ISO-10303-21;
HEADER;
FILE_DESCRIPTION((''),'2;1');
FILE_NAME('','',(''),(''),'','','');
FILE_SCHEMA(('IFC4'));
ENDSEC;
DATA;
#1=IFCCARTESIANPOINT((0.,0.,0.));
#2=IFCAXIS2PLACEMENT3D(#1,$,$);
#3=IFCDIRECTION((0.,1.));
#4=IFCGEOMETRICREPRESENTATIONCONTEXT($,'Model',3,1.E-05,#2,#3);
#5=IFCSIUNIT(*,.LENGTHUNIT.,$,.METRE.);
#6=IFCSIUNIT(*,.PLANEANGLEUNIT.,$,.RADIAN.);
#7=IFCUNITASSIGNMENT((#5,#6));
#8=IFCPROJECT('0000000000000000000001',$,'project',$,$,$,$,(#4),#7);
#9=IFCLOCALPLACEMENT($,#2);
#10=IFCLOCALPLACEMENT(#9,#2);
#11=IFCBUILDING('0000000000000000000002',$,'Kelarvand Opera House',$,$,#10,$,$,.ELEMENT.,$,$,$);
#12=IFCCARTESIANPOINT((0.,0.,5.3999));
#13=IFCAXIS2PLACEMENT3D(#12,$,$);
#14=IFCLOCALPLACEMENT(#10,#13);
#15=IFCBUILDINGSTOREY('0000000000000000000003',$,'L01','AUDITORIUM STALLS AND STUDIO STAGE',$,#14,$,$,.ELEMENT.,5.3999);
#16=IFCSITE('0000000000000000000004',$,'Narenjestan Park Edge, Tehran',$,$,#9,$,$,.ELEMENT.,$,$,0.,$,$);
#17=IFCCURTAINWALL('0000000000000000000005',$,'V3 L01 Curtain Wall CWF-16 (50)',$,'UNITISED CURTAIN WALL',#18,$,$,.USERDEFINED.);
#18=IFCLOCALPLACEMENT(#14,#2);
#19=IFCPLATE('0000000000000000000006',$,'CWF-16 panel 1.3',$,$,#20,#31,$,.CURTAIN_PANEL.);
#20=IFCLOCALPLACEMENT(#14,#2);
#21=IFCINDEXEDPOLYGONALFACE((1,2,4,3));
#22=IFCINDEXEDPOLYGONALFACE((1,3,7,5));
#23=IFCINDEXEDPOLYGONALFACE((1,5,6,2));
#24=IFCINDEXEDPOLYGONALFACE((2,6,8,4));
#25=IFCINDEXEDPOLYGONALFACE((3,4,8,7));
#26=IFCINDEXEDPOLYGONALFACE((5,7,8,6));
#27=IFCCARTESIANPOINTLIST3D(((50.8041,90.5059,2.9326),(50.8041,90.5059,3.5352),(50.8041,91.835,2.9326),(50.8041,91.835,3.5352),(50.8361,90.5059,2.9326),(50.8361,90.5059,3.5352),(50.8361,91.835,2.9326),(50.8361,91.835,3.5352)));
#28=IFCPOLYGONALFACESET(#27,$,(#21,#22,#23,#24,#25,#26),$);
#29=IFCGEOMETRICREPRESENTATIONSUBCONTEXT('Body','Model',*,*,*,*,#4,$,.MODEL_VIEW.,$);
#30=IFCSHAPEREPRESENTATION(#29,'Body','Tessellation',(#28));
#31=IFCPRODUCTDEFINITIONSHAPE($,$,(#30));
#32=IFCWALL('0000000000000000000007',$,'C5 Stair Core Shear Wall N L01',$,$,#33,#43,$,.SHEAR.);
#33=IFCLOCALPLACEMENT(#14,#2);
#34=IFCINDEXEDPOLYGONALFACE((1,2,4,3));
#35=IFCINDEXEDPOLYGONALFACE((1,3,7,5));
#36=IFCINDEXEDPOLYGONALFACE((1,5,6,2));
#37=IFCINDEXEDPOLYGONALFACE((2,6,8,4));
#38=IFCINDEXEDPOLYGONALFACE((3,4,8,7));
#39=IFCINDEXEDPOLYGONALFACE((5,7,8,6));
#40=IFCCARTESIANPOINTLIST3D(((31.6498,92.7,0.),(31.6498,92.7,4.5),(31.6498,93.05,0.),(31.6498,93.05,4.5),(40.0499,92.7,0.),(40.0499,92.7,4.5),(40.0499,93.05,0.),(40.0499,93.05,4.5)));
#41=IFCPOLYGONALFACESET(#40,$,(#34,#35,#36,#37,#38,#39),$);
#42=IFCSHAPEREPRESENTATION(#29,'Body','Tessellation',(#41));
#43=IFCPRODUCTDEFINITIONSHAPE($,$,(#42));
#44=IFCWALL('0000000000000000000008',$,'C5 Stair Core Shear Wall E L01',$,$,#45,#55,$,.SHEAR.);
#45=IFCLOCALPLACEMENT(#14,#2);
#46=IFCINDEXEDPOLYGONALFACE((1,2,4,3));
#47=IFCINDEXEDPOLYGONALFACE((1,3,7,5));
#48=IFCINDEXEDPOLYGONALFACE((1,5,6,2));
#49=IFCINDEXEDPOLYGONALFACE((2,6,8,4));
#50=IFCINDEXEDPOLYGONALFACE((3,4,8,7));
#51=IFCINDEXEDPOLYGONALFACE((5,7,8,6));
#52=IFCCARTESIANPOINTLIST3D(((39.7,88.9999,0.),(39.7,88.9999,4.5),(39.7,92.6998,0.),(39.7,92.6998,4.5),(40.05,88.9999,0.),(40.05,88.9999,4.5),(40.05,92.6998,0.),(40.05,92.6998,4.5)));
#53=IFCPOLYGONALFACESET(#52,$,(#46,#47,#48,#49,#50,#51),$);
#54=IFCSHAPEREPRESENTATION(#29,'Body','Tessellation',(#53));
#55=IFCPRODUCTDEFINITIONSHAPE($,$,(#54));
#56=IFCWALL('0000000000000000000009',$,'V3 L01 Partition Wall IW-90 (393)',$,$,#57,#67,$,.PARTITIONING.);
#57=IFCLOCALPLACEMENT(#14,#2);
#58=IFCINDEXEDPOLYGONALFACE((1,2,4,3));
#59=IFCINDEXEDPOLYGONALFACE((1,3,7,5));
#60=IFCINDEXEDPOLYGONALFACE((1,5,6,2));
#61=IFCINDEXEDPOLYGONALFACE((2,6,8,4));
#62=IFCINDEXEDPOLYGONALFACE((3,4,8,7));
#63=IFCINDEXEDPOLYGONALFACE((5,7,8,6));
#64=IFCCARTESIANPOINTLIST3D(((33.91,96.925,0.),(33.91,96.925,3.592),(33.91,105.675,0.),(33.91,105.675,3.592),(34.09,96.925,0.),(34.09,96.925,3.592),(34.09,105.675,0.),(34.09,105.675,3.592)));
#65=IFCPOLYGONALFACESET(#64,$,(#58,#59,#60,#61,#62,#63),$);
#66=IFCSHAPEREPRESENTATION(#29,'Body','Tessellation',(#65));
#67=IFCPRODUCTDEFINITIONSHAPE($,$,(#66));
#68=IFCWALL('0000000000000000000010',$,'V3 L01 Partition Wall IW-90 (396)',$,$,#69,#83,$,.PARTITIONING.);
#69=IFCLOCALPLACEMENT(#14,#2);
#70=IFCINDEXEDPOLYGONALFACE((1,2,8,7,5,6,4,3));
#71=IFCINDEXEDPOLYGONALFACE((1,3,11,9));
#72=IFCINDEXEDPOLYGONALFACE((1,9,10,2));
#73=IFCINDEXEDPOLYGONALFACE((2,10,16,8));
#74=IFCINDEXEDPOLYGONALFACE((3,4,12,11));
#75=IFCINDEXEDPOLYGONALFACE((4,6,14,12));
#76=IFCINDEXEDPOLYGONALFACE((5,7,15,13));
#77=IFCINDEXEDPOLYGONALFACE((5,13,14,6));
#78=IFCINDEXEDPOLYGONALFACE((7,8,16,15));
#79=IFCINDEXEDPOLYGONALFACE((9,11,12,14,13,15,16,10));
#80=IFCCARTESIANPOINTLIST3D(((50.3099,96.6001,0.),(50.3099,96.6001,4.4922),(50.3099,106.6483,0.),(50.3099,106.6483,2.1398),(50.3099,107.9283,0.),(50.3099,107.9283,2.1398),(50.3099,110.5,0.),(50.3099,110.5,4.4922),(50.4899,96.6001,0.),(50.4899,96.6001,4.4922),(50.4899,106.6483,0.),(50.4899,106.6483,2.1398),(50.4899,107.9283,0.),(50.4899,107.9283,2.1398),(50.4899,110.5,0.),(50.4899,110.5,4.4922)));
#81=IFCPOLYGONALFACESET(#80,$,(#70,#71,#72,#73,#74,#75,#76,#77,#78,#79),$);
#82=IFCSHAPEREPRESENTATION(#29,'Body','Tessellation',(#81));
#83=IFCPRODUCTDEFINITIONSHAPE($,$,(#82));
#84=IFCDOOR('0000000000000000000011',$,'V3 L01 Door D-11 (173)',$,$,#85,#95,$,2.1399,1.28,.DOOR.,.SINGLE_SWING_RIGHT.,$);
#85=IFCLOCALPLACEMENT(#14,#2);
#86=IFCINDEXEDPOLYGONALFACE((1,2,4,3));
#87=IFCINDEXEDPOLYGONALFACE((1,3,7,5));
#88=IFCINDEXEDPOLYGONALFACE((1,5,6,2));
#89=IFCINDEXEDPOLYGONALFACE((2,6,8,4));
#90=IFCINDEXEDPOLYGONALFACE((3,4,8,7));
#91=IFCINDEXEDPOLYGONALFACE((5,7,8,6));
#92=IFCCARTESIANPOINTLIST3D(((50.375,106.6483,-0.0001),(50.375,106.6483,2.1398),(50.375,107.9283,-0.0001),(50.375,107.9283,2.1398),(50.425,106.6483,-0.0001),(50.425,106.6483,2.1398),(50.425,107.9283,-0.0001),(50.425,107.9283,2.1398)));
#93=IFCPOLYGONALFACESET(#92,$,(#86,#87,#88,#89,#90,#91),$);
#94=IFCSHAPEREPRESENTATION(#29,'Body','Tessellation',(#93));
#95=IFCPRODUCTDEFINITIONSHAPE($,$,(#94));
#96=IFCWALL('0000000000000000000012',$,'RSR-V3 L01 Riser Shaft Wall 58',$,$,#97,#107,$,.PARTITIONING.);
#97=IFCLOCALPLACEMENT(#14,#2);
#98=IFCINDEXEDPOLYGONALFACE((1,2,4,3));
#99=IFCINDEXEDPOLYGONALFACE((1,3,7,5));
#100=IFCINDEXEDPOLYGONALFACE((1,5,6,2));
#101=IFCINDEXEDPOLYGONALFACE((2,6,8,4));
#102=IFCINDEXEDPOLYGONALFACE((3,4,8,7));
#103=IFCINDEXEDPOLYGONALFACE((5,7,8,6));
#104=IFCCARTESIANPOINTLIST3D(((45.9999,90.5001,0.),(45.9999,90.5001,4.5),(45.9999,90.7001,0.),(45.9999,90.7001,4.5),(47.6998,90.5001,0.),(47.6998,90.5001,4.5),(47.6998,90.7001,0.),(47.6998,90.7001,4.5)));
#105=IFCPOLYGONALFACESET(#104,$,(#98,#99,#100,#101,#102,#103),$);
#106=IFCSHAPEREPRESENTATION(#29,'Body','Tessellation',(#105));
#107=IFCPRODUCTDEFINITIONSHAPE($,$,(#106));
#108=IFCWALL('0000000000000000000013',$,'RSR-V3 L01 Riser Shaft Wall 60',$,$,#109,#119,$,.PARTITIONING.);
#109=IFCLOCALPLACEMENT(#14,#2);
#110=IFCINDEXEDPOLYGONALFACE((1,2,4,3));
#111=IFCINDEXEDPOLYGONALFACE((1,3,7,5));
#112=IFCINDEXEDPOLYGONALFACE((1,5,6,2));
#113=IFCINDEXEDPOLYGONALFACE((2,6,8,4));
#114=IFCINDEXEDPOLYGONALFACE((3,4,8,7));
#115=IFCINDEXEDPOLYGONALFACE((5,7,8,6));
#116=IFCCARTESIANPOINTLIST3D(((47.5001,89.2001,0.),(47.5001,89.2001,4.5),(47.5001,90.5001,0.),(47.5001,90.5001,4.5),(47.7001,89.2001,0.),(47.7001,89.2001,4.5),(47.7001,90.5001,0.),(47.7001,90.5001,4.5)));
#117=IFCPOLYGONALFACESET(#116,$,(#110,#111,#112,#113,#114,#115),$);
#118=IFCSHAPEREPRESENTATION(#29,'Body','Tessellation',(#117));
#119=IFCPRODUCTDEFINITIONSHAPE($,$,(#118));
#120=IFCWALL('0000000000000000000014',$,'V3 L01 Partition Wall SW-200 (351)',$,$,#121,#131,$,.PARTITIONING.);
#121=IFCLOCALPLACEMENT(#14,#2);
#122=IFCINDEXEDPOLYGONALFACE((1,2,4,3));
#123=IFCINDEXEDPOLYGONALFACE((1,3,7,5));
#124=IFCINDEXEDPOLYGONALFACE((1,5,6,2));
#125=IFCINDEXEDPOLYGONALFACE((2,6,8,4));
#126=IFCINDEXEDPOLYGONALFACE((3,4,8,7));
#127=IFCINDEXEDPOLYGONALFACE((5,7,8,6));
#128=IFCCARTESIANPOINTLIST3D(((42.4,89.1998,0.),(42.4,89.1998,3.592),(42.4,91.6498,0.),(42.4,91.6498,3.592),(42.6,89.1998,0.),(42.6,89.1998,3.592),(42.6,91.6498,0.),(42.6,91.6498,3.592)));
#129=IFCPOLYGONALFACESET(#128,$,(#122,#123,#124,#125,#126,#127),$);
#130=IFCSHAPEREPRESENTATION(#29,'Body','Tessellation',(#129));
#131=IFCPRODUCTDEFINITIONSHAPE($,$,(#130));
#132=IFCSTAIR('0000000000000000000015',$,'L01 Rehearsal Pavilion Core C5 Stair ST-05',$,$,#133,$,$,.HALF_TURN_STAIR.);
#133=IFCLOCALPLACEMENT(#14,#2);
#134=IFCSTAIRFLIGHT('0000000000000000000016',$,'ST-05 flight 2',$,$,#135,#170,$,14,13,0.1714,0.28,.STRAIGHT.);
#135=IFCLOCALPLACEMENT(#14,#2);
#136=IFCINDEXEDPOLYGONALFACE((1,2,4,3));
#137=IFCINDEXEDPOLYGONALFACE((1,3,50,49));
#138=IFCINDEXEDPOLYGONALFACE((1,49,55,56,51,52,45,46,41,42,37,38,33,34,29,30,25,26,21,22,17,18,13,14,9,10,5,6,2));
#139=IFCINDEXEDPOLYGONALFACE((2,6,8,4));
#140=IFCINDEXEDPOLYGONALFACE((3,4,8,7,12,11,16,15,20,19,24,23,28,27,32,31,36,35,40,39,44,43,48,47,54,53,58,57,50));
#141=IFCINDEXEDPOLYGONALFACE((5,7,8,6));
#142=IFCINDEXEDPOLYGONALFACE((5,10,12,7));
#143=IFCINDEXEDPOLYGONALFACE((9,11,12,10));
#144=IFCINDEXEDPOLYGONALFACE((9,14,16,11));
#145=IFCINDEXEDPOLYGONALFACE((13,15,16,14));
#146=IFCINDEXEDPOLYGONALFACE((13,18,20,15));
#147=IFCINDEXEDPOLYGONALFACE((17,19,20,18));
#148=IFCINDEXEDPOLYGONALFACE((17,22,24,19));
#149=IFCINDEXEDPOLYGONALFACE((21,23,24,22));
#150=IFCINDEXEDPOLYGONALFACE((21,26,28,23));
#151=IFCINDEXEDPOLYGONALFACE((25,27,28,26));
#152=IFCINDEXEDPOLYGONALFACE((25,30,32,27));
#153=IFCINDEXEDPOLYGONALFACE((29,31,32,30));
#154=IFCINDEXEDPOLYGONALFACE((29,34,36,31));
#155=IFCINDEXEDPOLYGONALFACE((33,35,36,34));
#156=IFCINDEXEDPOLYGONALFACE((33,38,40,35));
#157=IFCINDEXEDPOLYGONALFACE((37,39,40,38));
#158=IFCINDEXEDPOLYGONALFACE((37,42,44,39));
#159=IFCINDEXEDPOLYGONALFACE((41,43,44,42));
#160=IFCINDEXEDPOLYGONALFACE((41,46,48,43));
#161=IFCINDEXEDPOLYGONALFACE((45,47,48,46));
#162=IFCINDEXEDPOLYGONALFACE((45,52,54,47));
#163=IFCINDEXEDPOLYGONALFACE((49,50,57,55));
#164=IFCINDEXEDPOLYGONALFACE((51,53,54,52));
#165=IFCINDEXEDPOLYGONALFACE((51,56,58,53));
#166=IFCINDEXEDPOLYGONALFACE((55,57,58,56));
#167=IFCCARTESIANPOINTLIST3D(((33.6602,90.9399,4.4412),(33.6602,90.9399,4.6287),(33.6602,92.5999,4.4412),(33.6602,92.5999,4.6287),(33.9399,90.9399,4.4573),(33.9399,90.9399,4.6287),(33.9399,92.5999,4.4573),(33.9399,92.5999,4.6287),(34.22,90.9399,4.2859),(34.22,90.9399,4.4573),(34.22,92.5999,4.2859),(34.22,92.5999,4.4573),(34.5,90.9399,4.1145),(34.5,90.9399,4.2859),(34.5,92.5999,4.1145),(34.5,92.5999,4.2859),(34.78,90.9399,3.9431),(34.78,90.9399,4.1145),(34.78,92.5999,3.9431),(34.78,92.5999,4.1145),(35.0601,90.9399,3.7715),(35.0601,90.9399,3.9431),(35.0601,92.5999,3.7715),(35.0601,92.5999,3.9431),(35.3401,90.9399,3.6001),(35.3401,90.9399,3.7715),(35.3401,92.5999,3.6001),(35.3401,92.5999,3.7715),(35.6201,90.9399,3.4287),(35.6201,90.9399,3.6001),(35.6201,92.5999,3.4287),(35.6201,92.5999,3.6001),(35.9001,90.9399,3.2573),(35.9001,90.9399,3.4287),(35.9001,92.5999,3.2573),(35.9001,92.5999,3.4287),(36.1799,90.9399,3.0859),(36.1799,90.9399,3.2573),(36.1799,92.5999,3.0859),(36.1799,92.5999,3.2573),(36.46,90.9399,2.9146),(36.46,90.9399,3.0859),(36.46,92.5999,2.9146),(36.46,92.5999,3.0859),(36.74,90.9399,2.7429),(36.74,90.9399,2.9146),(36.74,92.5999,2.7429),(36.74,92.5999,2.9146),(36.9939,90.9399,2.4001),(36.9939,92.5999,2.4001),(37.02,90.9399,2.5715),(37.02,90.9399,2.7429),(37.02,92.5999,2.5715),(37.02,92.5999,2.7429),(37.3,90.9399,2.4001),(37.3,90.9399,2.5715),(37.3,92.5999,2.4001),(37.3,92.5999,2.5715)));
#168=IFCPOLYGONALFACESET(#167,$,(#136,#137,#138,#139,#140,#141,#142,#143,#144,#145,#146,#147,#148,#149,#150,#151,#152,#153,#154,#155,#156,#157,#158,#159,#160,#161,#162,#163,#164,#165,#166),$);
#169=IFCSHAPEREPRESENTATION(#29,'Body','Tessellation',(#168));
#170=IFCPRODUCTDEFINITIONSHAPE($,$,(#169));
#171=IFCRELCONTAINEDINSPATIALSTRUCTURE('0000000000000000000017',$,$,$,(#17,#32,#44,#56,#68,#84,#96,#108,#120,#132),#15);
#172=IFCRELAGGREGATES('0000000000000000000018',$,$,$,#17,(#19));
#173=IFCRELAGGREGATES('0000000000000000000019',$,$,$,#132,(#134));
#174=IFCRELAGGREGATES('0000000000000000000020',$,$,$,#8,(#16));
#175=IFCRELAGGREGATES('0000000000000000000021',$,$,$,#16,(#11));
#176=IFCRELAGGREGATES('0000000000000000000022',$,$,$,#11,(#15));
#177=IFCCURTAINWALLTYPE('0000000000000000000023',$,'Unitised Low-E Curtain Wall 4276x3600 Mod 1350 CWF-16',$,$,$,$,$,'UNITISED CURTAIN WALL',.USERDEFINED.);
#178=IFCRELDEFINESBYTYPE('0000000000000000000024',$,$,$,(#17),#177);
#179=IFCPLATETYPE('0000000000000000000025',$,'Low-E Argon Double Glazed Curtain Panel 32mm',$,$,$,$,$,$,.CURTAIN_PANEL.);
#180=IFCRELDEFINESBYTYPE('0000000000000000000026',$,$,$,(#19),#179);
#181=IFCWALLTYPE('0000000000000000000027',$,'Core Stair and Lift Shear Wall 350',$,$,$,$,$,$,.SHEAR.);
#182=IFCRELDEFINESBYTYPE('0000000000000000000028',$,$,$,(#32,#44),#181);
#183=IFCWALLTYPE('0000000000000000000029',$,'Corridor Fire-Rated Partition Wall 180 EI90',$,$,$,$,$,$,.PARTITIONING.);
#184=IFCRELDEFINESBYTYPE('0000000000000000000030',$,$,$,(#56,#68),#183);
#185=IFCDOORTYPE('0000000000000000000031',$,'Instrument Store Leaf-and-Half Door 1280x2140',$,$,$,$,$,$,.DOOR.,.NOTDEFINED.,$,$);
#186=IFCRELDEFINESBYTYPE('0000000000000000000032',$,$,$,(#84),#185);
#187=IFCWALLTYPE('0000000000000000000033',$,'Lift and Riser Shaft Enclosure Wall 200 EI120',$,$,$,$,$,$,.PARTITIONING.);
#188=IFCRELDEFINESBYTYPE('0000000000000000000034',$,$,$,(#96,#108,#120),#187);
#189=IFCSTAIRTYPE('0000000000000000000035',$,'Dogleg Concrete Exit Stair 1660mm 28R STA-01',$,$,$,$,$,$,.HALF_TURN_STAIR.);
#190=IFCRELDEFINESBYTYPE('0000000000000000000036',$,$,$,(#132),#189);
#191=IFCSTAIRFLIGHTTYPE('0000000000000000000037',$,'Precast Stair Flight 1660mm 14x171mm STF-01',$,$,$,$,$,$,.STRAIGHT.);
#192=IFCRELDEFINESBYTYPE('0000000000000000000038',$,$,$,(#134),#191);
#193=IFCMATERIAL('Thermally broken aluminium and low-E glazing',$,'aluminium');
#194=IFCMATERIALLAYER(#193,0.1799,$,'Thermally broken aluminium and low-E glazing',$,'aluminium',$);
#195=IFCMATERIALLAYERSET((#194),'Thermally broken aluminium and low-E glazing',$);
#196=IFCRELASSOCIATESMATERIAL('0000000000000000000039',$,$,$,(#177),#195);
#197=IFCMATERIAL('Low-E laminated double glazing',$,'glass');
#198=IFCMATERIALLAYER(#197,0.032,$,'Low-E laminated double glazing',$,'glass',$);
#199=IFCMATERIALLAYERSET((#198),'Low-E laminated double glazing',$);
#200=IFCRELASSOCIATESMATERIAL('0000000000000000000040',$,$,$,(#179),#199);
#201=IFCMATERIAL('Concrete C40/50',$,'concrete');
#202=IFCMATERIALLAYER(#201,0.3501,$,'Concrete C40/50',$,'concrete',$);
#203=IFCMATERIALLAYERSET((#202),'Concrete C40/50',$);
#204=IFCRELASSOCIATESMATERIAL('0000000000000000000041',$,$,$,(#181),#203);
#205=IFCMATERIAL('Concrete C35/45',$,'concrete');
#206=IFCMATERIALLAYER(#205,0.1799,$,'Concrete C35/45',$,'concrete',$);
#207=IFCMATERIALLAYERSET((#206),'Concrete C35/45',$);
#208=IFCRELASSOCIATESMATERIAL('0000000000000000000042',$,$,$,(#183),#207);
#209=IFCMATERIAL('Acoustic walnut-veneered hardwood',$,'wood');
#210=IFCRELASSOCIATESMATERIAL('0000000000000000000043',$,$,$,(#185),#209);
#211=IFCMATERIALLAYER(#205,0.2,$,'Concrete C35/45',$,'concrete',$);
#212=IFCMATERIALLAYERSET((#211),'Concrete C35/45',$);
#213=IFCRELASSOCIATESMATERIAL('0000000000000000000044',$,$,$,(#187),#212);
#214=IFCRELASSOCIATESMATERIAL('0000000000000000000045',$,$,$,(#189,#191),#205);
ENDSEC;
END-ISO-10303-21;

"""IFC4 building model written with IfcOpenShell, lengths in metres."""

from ifc_helpers import new_model, si_unit, direction, frame, frame_2d, origin, origin_2d, place, context, subcontext, project, spatial, polyline, rectangle, outline, extrude, material, layer, layer_set, type_object, element, fill, aggregate, save


model = new_model("IFC4")

# Units and contexts
model_context = context("Model", 3, precision=1e-05, world=origin(), true_north=direction((0.0, 1.0)))
body_context = subcontext(model_context, "Body", "Model", "MODEL_VIEW")
ifc_project = project(units=[si_unit("LENGTHUNIT", "METRE"), si_unit("PLANEANGLEUNIT", "RADIAN")], contexts=[model_context])

# Site, building, storey
site_placement = place(None, origin())
site = spatial("IfcSite", under=ifc_project, at=site_placement, Name="Narenjestan Park Edge, Tehran", CompositionType="ELEMENT", RefElevation=0.0)
building_placement = place(site_placement, origin())
building = spatial("IfcBuilding", under=site, at=building_placement, Name="Kelarvand Opera House", CompositionType="ELEMENT")
storey_placement = place(building_placement, frame((0.0, 0.0, 5.3999)))
storey = spatial("IfcBuildingStorey", under=building, at=storey_placement, Name="L01", Description="AUDITORIUM STALLS AND STUDIO STAGE", CompositionType="ELEMENT", Elevation=5.3999)

# Shared definitions
ifc_material_1 = material(Name="Concrete C40/50", Category="concrete")

# Curtain wall
ifc_material_2 = material(Name="Thermally broken aluminium and low-E glazing", Category="aluminium")
ifc_layer_1 = layer(ifc_material_2, 0.1799, Name="Thermally broken aluminium and low-E glazing", Category="aluminium")
ifc_layer_set_1 = layer_set([ifc_layer_1], Name="Thermally broken aluminium and low-E glazing")
curtain_wall_type = type_object("IfcCurtainWallType", Name="Unitised Low-E Curtain Wall 4276x3600 Mod 1350 CWF-16", ElementType="UNITISED CURTAIN WALL", PredefinedType="USERDEFINED", material=ifc_layer_set_1)
curtain_wall_placement = place(storey_placement, origin())
curtain_wall = element("IfcCurtainWall", 1, at=curtain_wall_placement, inside=storey, type_object=curtain_wall_type, Name="V3 L01 Curtain Wall CWF-16 (50)", ObjectType="UNITISED CURTAIN WALL", PredefinedType="USERDEFINED")

# Plate
ifc_material_3 = material(Name="Low-E laminated double glazing", Category="glass")
ifc_layer_2 = layer(ifc_material_3, 0.032, Name="Low-E laminated double glazing", Category="glass")
ifc_layer_set_2 = layer_set([ifc_layer_2], Name="Low-E laminated double glazing")
plate_type = type_object("IfcPlateType", Name="Low-E Argon Double Glazed Curtain Panel 32mm", PredefinedType="CURTAIN_PANEL", material=ifc_layer_set_2)
plate_1_placement = place(storey_placement, frame((50.8201, 91.1704, 2.9326), z_axis=(0.0, 0.0, 1.0), x_axis=(0.0, -1.0, 0.0)))
plate_1 = element("IfcPlate", 2, at=plate_1_placement, type_object=plate_type, Name="CWF-16 panel 1.3", PredefinedType="CURTAIN_PANEL", context=body_context, shape_type="SweptSolid", body=[
    extrude(rectangle(XDim=1.3291, YDim=0.032, at=origin_2d()), origin(), (0.0, 0.0, 1.0), 0.6025),
])
aggregate(curtain_wall, [plate_1])

# Walls
ifc_layer_3 = layer(ifc_material_1, 0.3501, Name="Concrete C40/50", Category="concrete")
ifc_layer_set_3 = layer_set([ifc_layer_3], Name="Concrete C40/50")
wall_type_1 = type_object("IfcWallType", Name="Core Stair and Lift Shear Wall 350", PredefinedType="SHEAR", material=ifc_layer_set_3)
wall_1_placement = place(storey_placement, frame((40.05, 92.875, 0.0), z_axis=(0.0, 0.0, 1.0), x_axis=(-1.0, 0.0, 0.0)))
element("IfcWall", 3, at=wall_1_placement, inside=storey, type_object=wall_type_1, Name="C5 Stair Core Shear Wall N L01", PredefinedType="SHEAR", context=body_context, shape_type="SweptSolid", body=[
    extrude(rectangle(XDim=8.4001, YDim=0.3501, at=frame_2d((4.2002, 0.0))), origin(), (0.0, 0.0, 1.0), 4.5),
])
wall_2_placement = place(storey_placement, frame((39.875, 92.7, 0.0), z_axis=(0.0, 0.0, 1.0), x_axis=(0.0, -1.0, 0.0)))
element("IfcWall", 4, at=wall_2_placement, inside=storey, type_object=wall_type_1, Name="C5 Stair Core Shear Wall E L01", PredefinedType="SHEAR", context=body_context, shape_type="SweptSolid", body=[
    extrude(rectangle(XDim=3.7, YDim=0.3501, at=frame_2d((1.8501, 0.0))), origin(), (0.0, 0.0, 1.0), 4.5),
])
ifc_material_4 = material(Name="Concrete C35/45", Category="concrete")
ifc_layer_4 = layer(ifc_material_4, 0.1799, Name="Concrete C35/45", Category="concrete")
ifc_layer_set_4 = layer_set([ifc_layer_4], Name="Concrete C35/45")
wall_type_2 = type_object("IfcWallType", Name="Corridor Fire-Rated Partition Wall 180 EI90", PredefinedType="PARTITIONING", material=ifc_layer_set_4)
wall_3_placement = place(storey_placement, frame((34.0, 96.925, 0.0), z_axis=(0.0, 0.0, 1.0), x_axis=(0.0, 1.0, 0.0)))
element("IfcWall", 5, at=wall_3_placement, inside=storey, type_object=wall_type_2, Name="V3 L01 Partition Wall IW-90 (393)", PredefinedType="PARTITIONING", context=body_context, shape_type="SweptSolid", body=[
    extrude(rectangle(XDim=8.75, YDim=0.1799, at=frame_2d((4.375, 0.0))), origin(), (0.0, 0.0, 1.0), 3.592),
])

# Wall, opening, door
wall_4_placement = place(storey_placement, frame((50.3999, 96.6001, 0.0), z_axis=(0.0, 0.0, 1.0), x_axis=(0.0, 1.0, 0.0)))
wall_4 = element("IfcWall", 6, at=wall_4_placement, inside=storey, type_object=wall_type_2, Name="V3 L01 Partition Wall IW-90 (396)", PredefinedType="PARTITIONING", context=body_context, shape_type="SweptSolid", body=[
    extrude(rectangle(XDim=13.8999, YDim=0.1799, at=frame_2d((6.95, 0.0))), origin(), (0.0, 0.0, 1.0), 4.4922),
])
opening_1_placement = place(wall_4_placement, frame((10.0481, 0.0, 0.0)))
opening_1 = element("IfcOpeningElement", 7, at=opening_1_placement, cuts=wall_4, PredefinedType="OPENING", context=body_context, shape_type="SweptSolid", body=[
    extrude(rectangle(XDim=1.28, YDim=2.1399, at=frame_2d((0.6401, 1.0698))), frame((0.0, 0.1001, 0.0), z_axis=(0.0, -1.0, 0.0), x_axis=(1.0, 0.0, 0.0)), (0.0, 0.0, 1.0), 0.2),
])
ifc_material_5 = material(Name="Acoustic walnut-veneered hardwood", Category="wood")
door_type_1 = type_object("IfcDoorType", Name="Instrument Store Leaf-and-Half Door 1280x2140", OperationType="NOTDEFINED", PredefinedType="DOOR", material=ifc_material_5)
door_1_placement = place(opening_1_placement, origin())
door_1 = element("IfcDoor", 8, at=door_1_placement, inside=storey, type_object=door_type_1, Name="V3 L01 Door D-11 (173)", OperationType="SINGLE_SWING_RIGHT", OverallHeight=2.1399, OverallWidth=1.28, PredefinedType="DOOR", context=body_context, shape_type="SweptSolid", body=[
    extrude(rectangle(XDim=1.28, YDim=2.1399, at=frame_2d((0.6401, 1.0698))), frame((0.0, 0.0249, 0.0), z_axis=(0.0, -1.0, 0.0), x_axis=(1.0, 0.0, 0.0)), (0.0, 0.0, 1.0), 0.05),
])
fill(opening_1, door_1)

# Walls
ifc_layer_5 = layer(ifc_material_4, 0.2, Name="Concrete C35/45", Category="concrete")
ifc_layer_set_5 = layer_set([ifc_layer_5], Name="Concrete C35/45")
wall_type_3 = type_object("IfcWallType", Name="Lift and Riser Shaft Enclosure Wall 200 EI120", PredefinedType="PARTITIONING", material=ifc_layer_set_5)
wall_5_placement = place(storey_placement, frame((47.7, 90.6001, 0.0), z_axis=(0.0, 0.0, 1.0), x_axis=(-1.0, 0.0, 0.0)))
element("IfcWall", 9, at=wall_5_placement, inside=storey, type_object=wall_type_3, Name="RSR-V3 L01 Riser Shaft Wall 58", PredefinedType="PARTITIONING", context=body_context, shape_type="SweptSolid", body=[
    extrude(rectangle(XDim=1.7, YDim=0.2, at=frame_2d((0.8501, 0.0))), origin(), (0.0, 0.0, 1.0), 4.5),
])
wall_6_placement = place(storey_placement, frame((47.6001, 90.5, 0.0), z_axis=(0.0, 0.0, 1.0), x_axis=(0.0, -1.0, 0.0)))
element("IfcWall", 10, at=wall_6_placement, inside=storey, type_object=wall_type_3, Name="RSR-V3 L01 Riser Shaft Wall 60", PredefinedType="PARTITIONING", context=body_context, shape_type="SweptSolid", body=[
    extrude(rectangle(XDim=1.3, YDim=0.2, at=frame_2d((0.6499, 0.0))), origin(), (0.0, 0.0, 1.0), 4.5),
])

# Wall
wall_7_placement = place(storey_placement, frame((42.5, 91.6499, 0.0), z_axis=(0.0, 0.0, 1.0), x_axis=(0.0, -1.0, 0.0)))
element("IfcWall", 11, at=wall_7_placement, inside=storey, type_object=wall_type_3, Name="V3 L01 Partition Wall SW-200 (351)", PredefinedType="PARTITIONING", context=body_context, shape_type="SweptSolid", body=[
    extrude(rectangle(XDim=2.45, YDim=0.2, at=frame_2d((1.2251, 0.0))), origin(), (0.0, 0.0, 1.0), 3.592),
])

# Stair, stair flight
stair_type = type_object("IfcStairType", Name="Dogleg Concrete Exit Stair 1660mm 28R STA-01", PredefinedType="HALF_TURN_STAIR", material=ifc_material_4)
stair_placement = place(storey_placement, origin())
stair = element("IfcStair", 12, at=stair_placement, inside=storey, type_object=stair_type, Name="L01 Rehearsal Pavilion Core C5 Stair ST-05", PredefinedType="HALF_TURN_STAIR")
stair_flight_type = type_object("IfcStairFlightType", Name="Precast Stair Flight 1660mm 14x171mm STF-01", PredefinedType="STRAIGHT", material=ifc_material_4)
stair_flight_placement = place(storey_placement, frame((37.3, 91.77, 2.4001), z_axis=(0.0, 0.0, 1.0), x_axis=(-1.0, 0.0, 0.0)))
stair_flight = element("IfcStairFlight", 13, at=stair_flight_placement, type_object=stair_flight_type, Name="ST-05 flight 2", NumberOfRisers=14, NumberOfTreads=13, PredefinedType="STRAIGHT", RiserHeight=0.1714, TreadLength=0.28, context=body_context, shape_type="SweptSolid", body=[
    extrude(outline(polyline([(0.0, 0.0), (0.0, 0.1714), (0.28, 0.1714), (0.28, 0.3428), (0.5601, 0.3428), (0.5601, 0.5144), (0.8401, 0.5144), (0.8401, 0.6858), (1.1201, 0.6858), (1.1201, 0.8572), (1.3999, 0.8572), (1.3999, 1.0286), (1.6799, 1.0286), (1.6799, 1.2), (1.96, 1.2), (1.96, 1.3713), (2.24, 1.3713), (2.24, 1.543), (2.52, 1.543), (2.52, 1.7144), (2.8, 1.7144), (2.8, 1.8857), (3.0801, 1.8857), (3.0801, 2.0571), (3.3601, 2.0571), (3.3601, 2.2285), (3.6399, 2.2285), (3.6399, 2.3999), (3.6399, 2.041), (0.3062, 0.0), (0.0, 0.0)])), frame((0.0, 0.8301, 0.0), z_axis=(0.0, -1.0, 0.0), x_axis=(1.0, 0.0, 0.0)), (0.0, 0.0, 1.0), 1.6599),
])
aggregate(stair, [stair_flight])

save(model, "model.ifc")
